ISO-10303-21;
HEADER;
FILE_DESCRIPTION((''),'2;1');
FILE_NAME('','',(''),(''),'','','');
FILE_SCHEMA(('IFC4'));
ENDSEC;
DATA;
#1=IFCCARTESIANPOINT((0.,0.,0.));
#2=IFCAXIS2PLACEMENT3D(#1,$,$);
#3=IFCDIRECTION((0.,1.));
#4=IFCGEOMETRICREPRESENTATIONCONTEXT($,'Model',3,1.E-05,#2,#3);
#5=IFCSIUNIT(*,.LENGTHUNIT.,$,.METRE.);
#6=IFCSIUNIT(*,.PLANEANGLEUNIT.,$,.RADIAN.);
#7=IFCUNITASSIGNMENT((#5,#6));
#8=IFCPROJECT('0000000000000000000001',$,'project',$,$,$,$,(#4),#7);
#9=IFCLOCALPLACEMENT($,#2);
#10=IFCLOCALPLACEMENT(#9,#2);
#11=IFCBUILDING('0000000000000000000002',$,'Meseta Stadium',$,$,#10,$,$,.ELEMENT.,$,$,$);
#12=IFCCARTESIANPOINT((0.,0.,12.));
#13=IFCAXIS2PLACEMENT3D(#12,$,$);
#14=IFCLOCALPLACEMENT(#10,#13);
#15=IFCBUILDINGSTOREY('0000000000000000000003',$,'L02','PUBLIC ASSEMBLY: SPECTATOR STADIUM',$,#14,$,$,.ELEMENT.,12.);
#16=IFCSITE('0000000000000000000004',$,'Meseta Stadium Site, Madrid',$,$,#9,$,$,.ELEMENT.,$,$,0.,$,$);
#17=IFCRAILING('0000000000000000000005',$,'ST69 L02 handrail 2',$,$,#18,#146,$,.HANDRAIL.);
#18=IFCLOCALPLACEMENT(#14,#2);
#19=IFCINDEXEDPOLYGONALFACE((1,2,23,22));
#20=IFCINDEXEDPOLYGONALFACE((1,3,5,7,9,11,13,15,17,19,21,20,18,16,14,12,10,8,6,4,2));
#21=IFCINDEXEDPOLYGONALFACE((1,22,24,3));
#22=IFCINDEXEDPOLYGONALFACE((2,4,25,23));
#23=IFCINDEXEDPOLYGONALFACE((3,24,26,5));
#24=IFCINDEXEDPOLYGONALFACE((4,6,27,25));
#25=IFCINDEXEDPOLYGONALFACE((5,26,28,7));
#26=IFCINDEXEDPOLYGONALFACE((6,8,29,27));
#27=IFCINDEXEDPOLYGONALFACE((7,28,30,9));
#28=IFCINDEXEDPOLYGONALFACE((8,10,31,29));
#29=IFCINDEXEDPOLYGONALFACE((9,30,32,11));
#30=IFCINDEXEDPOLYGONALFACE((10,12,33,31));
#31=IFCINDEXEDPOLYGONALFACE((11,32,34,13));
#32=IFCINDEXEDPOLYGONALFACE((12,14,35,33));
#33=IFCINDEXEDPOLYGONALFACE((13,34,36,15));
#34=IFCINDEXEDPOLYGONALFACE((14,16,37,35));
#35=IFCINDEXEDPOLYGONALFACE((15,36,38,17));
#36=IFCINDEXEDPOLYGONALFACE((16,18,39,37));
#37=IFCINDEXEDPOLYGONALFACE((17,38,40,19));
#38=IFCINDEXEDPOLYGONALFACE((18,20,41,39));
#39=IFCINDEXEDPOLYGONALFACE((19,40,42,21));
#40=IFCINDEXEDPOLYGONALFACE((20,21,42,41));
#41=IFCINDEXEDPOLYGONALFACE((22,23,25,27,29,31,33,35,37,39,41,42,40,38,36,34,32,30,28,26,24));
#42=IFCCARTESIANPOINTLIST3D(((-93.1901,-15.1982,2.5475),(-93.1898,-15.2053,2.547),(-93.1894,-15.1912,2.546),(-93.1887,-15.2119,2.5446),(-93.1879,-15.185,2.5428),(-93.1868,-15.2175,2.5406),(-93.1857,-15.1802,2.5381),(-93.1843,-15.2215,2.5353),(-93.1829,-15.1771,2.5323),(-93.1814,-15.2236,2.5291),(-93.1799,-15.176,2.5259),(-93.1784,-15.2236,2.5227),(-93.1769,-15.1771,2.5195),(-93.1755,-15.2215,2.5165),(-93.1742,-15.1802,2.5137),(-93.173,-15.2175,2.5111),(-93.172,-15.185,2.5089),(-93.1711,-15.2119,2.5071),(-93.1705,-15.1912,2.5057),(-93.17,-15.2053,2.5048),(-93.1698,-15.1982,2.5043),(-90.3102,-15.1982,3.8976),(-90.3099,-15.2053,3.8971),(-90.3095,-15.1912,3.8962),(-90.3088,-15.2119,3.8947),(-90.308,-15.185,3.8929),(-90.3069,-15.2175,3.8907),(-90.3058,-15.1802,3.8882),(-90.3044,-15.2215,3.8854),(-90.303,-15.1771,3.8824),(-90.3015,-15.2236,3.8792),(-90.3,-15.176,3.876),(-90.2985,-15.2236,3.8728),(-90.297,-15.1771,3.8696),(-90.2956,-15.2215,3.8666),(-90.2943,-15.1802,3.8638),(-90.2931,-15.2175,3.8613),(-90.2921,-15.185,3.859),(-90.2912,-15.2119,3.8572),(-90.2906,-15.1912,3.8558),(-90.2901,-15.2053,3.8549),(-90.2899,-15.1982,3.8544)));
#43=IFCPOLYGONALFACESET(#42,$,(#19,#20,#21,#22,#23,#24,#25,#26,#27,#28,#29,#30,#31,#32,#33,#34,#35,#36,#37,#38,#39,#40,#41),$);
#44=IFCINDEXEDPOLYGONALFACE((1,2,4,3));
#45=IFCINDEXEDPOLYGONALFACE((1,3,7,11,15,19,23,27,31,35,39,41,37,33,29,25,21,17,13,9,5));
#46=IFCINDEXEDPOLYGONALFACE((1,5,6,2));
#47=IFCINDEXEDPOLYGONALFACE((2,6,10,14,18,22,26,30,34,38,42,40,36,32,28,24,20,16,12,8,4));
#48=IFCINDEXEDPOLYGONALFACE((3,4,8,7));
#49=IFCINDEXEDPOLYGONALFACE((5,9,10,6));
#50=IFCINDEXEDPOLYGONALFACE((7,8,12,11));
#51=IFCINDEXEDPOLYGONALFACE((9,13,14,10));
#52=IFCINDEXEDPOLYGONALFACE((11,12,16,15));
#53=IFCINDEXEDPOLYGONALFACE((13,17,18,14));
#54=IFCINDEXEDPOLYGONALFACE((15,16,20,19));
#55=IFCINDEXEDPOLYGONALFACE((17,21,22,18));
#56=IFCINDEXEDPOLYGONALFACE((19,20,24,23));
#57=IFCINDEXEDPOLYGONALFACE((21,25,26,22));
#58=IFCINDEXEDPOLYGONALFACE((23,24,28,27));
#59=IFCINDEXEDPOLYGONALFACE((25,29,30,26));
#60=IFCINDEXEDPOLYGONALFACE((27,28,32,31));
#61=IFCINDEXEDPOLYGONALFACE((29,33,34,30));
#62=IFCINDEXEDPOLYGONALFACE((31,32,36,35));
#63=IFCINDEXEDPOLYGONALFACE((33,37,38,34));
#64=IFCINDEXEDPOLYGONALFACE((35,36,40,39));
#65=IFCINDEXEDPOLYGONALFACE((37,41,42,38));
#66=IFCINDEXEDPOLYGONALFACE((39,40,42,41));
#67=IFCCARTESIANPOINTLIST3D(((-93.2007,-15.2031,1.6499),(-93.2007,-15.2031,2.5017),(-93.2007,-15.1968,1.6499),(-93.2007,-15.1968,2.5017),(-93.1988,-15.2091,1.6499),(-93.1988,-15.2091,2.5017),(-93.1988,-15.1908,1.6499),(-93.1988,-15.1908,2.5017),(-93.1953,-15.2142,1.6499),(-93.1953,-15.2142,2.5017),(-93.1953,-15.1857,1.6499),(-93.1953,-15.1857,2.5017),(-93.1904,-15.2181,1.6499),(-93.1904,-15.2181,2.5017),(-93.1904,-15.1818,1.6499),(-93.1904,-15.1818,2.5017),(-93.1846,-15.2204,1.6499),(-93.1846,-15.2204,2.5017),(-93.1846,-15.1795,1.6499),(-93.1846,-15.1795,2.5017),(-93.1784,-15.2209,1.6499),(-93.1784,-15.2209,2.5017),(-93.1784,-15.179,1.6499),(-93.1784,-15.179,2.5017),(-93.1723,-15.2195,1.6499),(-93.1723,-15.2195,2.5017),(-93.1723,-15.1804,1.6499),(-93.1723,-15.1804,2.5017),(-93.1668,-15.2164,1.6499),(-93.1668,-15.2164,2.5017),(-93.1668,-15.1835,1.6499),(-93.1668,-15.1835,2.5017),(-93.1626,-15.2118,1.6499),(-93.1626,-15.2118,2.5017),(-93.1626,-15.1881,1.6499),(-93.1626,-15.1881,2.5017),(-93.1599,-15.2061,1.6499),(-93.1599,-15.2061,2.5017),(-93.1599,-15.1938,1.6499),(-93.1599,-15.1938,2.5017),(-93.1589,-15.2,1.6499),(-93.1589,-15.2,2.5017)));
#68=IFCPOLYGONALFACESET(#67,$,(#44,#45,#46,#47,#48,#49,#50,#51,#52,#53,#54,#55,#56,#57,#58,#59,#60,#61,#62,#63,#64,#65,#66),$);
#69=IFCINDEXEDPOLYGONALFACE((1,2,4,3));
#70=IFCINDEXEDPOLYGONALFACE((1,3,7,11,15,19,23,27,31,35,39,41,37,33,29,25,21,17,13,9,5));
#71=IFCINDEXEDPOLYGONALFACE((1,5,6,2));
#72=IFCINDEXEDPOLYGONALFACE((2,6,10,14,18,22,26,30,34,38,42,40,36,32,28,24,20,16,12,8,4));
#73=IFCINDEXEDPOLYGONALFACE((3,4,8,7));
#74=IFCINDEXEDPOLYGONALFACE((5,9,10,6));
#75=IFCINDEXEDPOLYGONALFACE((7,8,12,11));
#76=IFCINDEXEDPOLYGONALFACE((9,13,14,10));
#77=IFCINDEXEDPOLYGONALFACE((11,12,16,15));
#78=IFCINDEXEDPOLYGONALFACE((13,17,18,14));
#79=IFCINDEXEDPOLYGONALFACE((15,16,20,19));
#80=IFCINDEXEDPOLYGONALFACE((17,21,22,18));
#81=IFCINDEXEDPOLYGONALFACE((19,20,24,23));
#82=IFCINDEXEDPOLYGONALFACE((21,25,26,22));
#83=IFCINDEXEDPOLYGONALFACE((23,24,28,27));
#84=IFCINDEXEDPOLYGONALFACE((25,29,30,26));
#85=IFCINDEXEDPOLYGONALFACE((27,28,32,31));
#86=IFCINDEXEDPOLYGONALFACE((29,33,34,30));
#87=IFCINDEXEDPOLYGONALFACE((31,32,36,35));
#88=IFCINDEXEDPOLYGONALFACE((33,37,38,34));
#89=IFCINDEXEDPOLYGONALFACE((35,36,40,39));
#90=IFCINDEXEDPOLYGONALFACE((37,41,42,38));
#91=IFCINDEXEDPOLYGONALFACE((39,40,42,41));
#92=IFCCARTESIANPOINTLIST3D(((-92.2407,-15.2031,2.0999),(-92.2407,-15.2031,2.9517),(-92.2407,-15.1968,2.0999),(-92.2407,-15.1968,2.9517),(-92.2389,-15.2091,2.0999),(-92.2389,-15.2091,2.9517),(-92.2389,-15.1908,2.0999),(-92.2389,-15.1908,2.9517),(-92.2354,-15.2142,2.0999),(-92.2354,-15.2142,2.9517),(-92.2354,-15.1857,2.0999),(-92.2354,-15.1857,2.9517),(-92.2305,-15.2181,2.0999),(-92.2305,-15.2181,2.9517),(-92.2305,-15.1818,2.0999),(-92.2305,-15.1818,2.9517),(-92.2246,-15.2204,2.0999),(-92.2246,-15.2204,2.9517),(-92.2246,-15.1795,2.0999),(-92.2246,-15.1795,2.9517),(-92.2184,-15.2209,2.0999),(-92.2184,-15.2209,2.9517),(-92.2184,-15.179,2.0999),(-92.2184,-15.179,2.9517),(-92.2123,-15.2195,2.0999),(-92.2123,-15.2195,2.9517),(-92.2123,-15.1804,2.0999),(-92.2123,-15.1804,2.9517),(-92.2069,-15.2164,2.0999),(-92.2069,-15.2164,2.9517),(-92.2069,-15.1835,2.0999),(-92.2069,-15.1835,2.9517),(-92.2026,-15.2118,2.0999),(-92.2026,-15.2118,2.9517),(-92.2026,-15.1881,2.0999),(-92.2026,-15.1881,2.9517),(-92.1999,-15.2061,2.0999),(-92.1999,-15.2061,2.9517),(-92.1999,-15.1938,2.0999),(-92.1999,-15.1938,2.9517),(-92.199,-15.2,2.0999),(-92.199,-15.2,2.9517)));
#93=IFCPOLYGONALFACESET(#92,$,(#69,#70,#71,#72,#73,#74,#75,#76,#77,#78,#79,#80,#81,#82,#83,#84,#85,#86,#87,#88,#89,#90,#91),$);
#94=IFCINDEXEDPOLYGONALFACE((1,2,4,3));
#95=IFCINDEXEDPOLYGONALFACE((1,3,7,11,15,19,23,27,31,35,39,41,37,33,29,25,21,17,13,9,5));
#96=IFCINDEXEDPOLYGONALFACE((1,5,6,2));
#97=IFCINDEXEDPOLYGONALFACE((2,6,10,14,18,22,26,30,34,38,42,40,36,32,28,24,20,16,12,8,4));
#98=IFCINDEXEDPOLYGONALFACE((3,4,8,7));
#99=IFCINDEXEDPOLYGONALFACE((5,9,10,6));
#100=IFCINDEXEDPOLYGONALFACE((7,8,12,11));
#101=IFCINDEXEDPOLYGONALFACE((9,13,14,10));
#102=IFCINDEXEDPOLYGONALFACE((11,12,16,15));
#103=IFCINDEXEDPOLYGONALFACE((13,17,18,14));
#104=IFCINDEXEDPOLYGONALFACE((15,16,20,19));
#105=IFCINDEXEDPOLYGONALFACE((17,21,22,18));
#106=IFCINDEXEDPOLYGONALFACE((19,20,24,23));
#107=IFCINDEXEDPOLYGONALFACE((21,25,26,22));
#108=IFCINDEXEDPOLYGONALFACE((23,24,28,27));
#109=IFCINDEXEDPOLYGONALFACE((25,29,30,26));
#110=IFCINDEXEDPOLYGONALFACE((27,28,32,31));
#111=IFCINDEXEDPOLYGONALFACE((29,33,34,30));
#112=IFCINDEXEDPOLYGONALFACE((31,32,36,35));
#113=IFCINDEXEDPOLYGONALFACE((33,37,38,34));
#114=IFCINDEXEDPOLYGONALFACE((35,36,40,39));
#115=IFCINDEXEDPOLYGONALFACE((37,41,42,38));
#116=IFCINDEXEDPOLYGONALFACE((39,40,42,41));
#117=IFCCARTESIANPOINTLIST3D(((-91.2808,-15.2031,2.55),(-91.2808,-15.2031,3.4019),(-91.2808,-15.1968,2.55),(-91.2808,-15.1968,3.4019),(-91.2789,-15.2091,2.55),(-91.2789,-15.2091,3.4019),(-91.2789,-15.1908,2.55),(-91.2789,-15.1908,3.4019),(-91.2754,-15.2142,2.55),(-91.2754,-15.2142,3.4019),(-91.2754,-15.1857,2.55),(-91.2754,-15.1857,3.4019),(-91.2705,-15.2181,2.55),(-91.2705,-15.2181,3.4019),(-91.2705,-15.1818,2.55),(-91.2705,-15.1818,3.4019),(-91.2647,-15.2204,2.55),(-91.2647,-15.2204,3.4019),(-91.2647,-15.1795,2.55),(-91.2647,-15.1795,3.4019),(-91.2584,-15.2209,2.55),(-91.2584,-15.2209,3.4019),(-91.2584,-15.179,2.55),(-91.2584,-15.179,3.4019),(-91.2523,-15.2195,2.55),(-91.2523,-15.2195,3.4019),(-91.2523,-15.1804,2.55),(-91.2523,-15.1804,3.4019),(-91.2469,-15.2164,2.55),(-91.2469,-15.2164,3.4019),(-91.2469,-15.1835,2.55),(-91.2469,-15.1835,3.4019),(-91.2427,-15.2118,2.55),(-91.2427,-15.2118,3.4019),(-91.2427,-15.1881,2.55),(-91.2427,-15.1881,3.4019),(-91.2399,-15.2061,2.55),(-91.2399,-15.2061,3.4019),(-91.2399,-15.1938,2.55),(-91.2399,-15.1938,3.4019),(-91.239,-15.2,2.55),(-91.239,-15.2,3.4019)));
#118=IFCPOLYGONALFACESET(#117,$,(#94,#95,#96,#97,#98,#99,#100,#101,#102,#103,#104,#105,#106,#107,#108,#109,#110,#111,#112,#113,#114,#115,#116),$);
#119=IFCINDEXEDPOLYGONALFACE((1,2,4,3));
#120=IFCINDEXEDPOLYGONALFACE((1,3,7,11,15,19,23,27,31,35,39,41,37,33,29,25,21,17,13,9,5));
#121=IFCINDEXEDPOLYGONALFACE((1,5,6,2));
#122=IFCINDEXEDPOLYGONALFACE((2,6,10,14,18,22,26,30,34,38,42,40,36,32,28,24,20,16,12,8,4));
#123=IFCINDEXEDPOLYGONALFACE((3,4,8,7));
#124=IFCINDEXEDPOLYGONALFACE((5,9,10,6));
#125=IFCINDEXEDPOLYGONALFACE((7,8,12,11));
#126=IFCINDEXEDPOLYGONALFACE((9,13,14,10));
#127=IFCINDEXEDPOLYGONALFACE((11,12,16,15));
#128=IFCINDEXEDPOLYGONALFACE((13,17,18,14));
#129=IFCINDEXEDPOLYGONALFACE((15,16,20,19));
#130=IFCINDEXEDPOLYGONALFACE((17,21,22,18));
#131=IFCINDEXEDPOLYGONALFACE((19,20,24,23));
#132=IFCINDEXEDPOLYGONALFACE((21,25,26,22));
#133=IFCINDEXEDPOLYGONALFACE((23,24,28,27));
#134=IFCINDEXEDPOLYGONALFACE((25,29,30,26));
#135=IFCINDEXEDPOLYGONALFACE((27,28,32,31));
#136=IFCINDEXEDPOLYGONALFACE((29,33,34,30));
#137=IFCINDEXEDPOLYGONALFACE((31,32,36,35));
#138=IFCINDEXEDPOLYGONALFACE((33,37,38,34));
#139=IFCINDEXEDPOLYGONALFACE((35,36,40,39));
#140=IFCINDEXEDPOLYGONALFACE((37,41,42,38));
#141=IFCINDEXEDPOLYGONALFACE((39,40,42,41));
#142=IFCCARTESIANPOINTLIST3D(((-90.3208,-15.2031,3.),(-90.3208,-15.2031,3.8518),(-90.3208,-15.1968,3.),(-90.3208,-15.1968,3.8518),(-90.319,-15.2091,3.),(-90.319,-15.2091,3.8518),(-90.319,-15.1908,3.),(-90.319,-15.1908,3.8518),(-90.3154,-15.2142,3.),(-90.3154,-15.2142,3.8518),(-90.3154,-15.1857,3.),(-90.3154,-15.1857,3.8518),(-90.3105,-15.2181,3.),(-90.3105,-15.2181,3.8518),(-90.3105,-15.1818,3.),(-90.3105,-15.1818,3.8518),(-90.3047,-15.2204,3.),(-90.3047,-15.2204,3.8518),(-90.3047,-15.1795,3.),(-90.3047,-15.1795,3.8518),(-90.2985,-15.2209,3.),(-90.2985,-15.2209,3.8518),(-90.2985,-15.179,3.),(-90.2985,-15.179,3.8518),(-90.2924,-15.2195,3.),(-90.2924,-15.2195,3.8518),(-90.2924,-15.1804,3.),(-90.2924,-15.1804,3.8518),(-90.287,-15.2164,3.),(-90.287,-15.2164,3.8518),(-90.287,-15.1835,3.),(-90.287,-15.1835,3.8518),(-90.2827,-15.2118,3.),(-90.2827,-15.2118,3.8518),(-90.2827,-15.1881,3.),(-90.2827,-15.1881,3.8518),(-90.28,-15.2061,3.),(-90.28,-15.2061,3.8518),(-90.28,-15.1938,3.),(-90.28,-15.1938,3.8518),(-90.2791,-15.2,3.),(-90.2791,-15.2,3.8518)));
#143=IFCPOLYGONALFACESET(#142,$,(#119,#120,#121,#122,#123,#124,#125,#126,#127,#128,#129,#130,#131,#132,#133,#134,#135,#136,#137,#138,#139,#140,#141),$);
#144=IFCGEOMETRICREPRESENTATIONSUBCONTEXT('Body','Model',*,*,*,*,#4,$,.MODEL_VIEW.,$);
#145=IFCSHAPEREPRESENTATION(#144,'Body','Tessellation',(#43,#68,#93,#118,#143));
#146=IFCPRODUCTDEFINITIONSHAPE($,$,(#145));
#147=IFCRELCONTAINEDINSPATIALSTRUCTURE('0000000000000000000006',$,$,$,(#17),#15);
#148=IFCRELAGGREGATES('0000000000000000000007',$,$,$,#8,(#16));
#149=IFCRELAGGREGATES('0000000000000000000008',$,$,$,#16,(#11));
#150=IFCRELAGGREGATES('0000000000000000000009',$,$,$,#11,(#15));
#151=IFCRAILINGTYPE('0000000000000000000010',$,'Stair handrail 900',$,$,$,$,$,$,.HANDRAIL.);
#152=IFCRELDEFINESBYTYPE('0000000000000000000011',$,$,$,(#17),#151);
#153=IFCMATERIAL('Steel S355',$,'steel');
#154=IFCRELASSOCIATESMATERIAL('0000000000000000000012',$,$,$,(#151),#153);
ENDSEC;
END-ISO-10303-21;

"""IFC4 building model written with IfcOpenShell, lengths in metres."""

from ifc_helpers import new_model, si_unit, direction, frame, origin, origin_2d, place, context, subcontext, project, spatial, circle, extrude, material, type_object, element, save


model = new_model("IFC4")

# Units and contexts
model_context = context("Model", 3, precision=1e-05, world=origin(), true_north=direction((0.0, 1.0)))
body_context = subcontext(model_context, "Body", "Model", "MODEL_VIEW")
ifc_project = project(units=[si_unit("LENGTHUNIT", "METRE"), si_unit("PLANEANGLEUNIT", "RADIAN")], contexts=[model_context])

# Site, building, storey
site_placement = place(None, origin())
site = spatial("IfcSite", under=ifc_project, at=site_placement, Name="Meseta Stadium Site, Madrid", CompositionType="ELEMENT", RefElevation=0.0)
building_placement = place(site_placement, origin())
building = spatial("IfcBuilding", under=site, at=building_placement, Name="Meseta Stadium", CompositionType="ELEMENT")
storey_placement = place(building_placement, frame((0.0, 0.0, 12.0)))
storey = spatial("IfcBuildingStorey", under=building, at=storey_placement, Name="L02", Description="PUBLIC ASSEMBLY: SPECTATOR STADIUM", CompositionType="ELEMENT", Elevation=12.0)

# Railing
ifc_material_1 = material(Name="Steel S355", Category="steel")
railing_type_1 = type_object("IfcRailingType", Name="Stair handrail 900", PredefinedType="HANDRAIL", material=ifc_material_1)
railing_1_placement = place(storey_placement, frame((-93.1799, -15.2, 1.6499)))
element("IfcRailing", 1, at=railing_1_placement, inside=storey, type_object=railing_type_1, Name="ST69 L02 handrail 2", PredefinedType="HANDRAIL", context=body_context, shape_type="SweptSolid", body=[
    extrude(circle(Radius=0.0239, at=origin_2d()), frame((0.0, 0.0, 0.876), z_axis=(0.90544, 0.0, 0.424473), x_axis=(0.0, 1.0, 0.0)), (0.0, 0.0, 1.0), 3.1807),
    extrude(circle(Radius=0.021, at=origin_2d()), origin(), (0.0, 0.0, 1.0), 0.8518),
    extrude(circle(Radius=0.021, at=origin_2d()), frame((0.96, 0.0, 0.45)), (0.0, 0.0, 1.0), 0.8518),
    extrude(circle(Radius=0.021, at=origin_2d()), frame((1.9199, 0.0, 0.9001)), (0.0, 0.0, 1.0), 0.8518),
    extrude(circle(Radius=0.021, at=origin_2d()), frame((2.8799, 0.0, 1.3501)), (0.0, 0.0, 1.0), 0.8518),
])

save(model, "model.ifc")
